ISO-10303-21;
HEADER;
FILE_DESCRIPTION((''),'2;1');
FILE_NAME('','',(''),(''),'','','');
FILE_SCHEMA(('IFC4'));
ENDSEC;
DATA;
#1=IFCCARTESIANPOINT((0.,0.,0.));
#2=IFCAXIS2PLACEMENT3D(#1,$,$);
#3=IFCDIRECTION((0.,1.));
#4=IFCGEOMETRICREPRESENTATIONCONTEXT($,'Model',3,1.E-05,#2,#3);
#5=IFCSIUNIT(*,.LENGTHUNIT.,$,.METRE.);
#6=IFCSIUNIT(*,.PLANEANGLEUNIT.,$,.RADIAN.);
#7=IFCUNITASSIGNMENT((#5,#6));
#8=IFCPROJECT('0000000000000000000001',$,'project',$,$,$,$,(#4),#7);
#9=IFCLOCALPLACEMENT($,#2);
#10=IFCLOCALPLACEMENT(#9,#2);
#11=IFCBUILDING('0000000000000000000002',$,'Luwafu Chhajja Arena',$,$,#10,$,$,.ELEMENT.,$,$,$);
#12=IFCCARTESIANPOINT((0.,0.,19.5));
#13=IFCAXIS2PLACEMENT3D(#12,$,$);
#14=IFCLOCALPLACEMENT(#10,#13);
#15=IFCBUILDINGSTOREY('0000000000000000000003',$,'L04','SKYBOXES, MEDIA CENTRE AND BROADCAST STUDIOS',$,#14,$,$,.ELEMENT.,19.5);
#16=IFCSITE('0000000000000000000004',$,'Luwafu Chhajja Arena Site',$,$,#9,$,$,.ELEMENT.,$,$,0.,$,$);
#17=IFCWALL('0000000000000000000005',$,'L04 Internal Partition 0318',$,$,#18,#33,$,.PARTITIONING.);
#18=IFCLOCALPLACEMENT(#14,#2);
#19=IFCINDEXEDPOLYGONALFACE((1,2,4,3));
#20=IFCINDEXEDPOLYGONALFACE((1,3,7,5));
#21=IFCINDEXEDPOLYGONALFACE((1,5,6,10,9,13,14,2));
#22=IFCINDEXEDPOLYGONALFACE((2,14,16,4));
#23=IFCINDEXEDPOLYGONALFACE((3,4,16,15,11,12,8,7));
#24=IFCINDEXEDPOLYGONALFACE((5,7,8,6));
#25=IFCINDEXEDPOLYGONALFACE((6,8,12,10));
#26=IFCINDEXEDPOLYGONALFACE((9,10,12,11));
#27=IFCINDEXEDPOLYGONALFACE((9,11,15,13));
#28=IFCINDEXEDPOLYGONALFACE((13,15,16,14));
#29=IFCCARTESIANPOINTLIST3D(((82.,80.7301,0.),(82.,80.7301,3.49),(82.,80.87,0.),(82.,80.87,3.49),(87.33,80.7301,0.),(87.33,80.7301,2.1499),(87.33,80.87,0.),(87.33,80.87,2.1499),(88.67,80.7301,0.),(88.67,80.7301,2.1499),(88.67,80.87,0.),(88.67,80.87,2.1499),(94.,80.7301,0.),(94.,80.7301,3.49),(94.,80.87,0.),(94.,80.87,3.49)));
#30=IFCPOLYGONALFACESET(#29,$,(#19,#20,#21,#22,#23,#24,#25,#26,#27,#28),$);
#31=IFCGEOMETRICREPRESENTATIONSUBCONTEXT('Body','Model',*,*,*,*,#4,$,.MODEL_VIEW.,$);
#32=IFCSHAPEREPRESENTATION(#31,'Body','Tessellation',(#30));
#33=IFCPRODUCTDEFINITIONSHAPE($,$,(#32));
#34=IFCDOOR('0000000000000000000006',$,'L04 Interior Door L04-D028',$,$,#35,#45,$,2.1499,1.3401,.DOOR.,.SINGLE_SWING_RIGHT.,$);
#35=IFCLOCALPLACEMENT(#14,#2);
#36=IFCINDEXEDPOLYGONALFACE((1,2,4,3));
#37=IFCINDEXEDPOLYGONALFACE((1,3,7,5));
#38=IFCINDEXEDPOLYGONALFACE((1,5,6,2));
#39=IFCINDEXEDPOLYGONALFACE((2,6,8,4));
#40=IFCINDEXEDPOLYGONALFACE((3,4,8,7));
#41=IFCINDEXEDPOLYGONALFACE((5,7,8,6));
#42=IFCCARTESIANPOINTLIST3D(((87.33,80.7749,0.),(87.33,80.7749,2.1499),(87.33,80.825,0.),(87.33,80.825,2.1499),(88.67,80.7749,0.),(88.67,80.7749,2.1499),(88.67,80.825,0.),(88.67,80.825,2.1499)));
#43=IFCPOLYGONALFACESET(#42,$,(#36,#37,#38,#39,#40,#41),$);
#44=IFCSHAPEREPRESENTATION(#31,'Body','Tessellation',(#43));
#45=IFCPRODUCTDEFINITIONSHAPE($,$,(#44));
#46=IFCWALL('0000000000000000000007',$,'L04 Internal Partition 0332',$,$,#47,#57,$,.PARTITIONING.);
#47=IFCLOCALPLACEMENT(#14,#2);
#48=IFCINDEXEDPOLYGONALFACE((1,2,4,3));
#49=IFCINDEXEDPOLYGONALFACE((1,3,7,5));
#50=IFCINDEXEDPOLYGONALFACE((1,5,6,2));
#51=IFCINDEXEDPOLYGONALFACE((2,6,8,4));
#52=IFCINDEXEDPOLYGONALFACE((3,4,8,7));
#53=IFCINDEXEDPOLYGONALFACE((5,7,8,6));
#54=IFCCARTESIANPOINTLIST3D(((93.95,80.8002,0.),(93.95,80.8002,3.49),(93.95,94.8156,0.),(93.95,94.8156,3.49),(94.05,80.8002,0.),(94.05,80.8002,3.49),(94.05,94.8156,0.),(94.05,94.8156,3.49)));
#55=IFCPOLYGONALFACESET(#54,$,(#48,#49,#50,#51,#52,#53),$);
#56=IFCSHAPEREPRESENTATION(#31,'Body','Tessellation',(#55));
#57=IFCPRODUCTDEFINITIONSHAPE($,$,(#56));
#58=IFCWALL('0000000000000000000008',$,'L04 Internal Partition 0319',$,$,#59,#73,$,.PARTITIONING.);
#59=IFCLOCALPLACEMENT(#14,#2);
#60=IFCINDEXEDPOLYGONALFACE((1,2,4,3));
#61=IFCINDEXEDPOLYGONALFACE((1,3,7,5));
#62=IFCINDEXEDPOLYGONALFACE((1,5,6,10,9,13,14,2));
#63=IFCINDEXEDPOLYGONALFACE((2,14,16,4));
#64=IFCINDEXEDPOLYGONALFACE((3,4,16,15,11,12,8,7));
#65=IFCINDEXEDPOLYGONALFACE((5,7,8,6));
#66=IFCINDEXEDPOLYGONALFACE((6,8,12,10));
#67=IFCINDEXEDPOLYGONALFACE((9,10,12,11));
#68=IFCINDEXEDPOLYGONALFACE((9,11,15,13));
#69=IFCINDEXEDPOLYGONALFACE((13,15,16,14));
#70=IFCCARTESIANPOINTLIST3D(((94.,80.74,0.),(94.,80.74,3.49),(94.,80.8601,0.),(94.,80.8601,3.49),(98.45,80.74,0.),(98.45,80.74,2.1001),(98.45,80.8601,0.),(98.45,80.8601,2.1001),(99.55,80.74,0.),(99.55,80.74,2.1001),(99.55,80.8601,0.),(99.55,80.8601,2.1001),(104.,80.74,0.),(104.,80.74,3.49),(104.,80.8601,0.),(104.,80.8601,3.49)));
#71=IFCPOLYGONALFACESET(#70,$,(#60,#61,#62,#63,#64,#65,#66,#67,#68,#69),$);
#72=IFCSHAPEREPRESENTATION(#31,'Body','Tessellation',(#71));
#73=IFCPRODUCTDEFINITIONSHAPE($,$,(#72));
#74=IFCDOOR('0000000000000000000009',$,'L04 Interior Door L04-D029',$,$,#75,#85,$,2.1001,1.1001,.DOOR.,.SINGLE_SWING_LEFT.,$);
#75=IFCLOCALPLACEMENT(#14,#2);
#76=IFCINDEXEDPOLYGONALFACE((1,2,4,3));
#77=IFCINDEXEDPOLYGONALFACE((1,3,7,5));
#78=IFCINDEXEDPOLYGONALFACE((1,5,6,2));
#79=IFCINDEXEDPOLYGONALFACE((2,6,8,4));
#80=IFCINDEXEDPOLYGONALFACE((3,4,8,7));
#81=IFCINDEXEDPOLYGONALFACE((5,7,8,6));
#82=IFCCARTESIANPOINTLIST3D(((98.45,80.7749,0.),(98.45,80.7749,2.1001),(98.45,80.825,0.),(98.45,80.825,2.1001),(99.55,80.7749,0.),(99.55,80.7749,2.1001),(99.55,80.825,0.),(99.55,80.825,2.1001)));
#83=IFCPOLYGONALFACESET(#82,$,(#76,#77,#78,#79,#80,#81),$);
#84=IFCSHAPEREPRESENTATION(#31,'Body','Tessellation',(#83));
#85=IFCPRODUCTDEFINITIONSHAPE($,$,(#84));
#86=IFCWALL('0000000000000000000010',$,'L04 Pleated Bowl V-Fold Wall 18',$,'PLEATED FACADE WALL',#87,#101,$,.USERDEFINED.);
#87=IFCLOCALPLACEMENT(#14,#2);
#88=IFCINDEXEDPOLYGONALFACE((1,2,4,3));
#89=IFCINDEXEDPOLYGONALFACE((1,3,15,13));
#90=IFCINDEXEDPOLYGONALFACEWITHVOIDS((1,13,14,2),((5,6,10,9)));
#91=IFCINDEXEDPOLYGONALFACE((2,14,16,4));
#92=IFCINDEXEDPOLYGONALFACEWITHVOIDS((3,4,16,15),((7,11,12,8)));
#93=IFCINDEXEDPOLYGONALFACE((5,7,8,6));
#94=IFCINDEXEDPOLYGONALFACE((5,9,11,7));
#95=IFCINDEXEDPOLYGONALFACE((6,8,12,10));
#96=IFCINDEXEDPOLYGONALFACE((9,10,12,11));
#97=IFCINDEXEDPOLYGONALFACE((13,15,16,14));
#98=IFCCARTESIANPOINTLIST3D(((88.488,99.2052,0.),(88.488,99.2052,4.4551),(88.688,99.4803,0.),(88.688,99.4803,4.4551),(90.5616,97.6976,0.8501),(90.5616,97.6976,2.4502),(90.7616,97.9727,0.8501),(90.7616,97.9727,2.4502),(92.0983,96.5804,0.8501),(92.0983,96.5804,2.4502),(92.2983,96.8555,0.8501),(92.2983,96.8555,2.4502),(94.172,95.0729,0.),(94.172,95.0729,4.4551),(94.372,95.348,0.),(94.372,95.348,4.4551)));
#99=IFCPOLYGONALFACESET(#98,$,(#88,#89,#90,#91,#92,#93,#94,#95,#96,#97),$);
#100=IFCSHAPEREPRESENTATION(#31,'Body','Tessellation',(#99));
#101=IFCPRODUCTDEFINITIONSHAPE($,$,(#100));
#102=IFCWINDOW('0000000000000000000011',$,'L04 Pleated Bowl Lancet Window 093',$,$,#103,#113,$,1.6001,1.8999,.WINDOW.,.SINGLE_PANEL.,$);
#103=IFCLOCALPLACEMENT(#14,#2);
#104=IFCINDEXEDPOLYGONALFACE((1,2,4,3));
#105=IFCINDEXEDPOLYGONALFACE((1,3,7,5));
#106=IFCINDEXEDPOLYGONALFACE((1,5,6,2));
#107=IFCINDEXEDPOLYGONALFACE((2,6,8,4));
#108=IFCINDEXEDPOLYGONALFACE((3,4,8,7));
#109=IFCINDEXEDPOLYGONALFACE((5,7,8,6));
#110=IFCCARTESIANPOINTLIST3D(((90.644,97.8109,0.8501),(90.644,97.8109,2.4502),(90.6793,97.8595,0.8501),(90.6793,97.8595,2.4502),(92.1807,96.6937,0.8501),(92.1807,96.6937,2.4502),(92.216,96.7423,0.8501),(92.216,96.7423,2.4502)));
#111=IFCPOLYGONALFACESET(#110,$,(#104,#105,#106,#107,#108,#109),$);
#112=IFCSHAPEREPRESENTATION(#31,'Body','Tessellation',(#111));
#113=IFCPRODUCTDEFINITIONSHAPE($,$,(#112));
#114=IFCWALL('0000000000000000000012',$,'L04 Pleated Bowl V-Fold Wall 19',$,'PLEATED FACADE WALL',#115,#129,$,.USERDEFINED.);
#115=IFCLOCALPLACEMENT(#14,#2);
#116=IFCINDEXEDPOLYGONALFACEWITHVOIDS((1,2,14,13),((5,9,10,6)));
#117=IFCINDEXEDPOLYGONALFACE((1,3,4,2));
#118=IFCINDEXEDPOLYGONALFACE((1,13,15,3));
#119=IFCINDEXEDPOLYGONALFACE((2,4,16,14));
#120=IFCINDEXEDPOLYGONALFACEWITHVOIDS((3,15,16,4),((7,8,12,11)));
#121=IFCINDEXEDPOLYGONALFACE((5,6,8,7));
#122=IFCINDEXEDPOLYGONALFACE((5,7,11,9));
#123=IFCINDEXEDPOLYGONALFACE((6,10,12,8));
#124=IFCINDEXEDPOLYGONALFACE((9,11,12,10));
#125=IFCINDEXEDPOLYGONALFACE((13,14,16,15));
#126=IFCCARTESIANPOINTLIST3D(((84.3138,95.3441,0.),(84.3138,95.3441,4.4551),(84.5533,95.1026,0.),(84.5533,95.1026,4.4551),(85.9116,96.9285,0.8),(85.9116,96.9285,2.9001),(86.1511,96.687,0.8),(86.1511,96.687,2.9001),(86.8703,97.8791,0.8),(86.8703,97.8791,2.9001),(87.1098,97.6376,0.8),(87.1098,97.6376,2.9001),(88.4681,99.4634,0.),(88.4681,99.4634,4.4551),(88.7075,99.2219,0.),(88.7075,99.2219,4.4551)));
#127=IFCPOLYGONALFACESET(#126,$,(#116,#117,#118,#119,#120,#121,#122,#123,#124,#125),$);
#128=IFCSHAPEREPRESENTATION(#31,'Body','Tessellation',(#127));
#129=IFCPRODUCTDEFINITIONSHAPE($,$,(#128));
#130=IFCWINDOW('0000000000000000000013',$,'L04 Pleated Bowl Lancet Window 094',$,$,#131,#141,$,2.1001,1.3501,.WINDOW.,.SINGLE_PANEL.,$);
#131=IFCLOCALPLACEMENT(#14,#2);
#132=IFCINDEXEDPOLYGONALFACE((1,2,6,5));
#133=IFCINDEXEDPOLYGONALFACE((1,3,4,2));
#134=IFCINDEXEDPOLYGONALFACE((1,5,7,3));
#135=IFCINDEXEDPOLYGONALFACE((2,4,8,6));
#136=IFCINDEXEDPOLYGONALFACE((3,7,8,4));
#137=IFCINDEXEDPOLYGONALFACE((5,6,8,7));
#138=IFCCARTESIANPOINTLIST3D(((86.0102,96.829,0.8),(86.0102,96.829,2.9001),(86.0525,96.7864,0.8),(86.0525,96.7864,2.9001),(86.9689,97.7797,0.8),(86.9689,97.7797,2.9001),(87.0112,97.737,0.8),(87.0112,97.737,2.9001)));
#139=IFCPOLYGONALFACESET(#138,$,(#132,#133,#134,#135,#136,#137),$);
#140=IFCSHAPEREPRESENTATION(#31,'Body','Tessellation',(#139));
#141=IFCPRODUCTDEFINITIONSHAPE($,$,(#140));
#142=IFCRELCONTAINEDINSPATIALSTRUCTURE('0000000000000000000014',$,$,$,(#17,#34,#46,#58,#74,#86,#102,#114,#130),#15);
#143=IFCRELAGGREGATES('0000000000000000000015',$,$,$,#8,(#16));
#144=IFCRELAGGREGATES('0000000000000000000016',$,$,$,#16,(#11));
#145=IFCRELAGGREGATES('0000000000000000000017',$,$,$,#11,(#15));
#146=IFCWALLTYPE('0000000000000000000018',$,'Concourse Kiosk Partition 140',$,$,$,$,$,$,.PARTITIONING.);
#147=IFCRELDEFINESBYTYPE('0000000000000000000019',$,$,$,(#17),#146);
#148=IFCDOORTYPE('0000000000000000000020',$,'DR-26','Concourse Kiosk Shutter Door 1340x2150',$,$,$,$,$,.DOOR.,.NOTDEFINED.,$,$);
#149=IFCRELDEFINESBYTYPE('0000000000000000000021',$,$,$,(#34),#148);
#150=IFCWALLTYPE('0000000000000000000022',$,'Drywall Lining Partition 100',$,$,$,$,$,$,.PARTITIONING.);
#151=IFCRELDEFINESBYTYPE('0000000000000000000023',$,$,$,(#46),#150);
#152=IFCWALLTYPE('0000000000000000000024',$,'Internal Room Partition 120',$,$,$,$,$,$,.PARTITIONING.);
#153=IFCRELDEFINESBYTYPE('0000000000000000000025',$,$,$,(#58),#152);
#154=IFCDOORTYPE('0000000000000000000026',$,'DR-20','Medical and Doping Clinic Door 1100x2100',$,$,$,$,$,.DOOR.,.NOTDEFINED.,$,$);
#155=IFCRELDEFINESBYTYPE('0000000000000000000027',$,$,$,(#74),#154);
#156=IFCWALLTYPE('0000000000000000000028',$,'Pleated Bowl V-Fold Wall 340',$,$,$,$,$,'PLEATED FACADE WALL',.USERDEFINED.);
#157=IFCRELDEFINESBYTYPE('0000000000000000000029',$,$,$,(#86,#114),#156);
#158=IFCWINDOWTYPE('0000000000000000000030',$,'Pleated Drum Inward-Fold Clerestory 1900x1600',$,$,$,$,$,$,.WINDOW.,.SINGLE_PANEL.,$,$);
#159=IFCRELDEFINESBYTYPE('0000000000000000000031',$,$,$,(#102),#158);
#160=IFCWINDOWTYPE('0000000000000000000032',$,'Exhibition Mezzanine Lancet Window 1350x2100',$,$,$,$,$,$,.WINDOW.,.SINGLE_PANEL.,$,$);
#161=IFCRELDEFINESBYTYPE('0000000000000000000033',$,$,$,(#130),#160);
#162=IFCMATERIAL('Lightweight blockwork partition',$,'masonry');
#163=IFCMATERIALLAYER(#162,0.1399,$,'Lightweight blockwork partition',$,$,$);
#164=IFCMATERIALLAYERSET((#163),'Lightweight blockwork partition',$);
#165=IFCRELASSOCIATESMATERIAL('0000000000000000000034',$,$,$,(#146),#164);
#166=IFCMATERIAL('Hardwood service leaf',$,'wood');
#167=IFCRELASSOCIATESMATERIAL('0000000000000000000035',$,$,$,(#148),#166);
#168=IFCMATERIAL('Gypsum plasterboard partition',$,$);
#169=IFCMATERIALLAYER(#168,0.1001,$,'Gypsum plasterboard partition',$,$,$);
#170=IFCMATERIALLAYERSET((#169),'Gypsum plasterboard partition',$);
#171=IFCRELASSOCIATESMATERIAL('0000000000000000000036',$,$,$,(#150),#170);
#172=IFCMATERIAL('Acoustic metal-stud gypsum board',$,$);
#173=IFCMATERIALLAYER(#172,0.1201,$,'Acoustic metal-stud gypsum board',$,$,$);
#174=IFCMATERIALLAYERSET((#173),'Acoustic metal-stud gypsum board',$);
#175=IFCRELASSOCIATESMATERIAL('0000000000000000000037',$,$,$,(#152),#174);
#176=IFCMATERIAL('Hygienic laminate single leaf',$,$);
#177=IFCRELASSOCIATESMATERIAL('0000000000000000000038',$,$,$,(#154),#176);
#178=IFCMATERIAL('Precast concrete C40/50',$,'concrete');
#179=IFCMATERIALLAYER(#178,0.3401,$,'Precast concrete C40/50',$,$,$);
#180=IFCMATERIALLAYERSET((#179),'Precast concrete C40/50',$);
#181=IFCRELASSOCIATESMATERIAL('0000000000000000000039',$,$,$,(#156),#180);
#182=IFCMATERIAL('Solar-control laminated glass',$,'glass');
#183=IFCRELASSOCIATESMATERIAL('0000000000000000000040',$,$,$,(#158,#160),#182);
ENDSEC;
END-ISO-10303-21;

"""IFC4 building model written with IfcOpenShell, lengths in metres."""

from ifc_helpers import new_model, si_unit, direction, frame, frame_2d, origin, place, context, subcontext, project, spatial, rectangle, extrude, material, layer, layer_set, type_object, element, fill, save


model = new_model("IFC4")

# Units and contexts
model_context = context("Model", 3, precision=1e-05, world=origin(), true_north=direction((0.0, 1.0)))
body_context = subcontext(model_context, "Body", "Model", "MODEL_VIEW")
ifc_project = project(units=[si_unit("LENGTHUNIT", "METRE"), si_unit("PLANEANGLEUNIT", "RADIAN")], contexts=[model_context])

# Site, building, storey
site_placement = place(None, origin())
site = spatial("IfcSite", under=ifc_project, at=site_placement, Name="Luwafu Chhajja Arena Site", CompositionType="ELEMENT", RefElevation=0.0)
building_placement = place(site_placement, origin())
building = spatial("IfcBuilding", under=site, at=building_placement, Name="Luwafu Chhajja Arena", CompositionType="ELEMENT")
storey_placement = place(building_placement, frame((0.0, 0.0, 19.5)))
storey = spatial("IfcBuildingStorey", under=building, at=storey_placement, Name="L04", Description="SKYBOXES, MEDIA CENTRE AND BROADCAST STUDIOS", CompositionType="ELEMENT", Elevation=19.5)

# Shared definitions
ifc_material_1 = material(Name="Solar-control laminated glass", Category="glass")

# Wall, opening, door
ifc_material_2 = material(Name="Lightweight blockwork partition", Category="masonry")
ifc_layer_1 = layer(ifc_material_2, 0.1399, Name="Lightweight blockwork partition")
ifc_layer_set_1 = layer_set([ifc_layer_1], Name="Lightweight blockwork partition")
wall_type_1 = type_object("IfcWallType", Name="Concourse Kiosk Partition 140", PredefinedType="PARTITIONING", material=ifc_layer_set_1)
wall_1_placement = place(storey_placement, frame((82.0, 80.8, 0.0), z_axis=(0.0, 0.0, 1.0), x_axis=(1.0, 0.0, 0.0)))
wall_1 = element("IfcWall", 1, at=wall_1_placement, inside=storey, type_object=wall_type_1, Name="L04 Internal Partition 0318", PredefinedType="PARTITIONING", context=body_context, shape_type="SweptSolid", body=[
    extrude(rectangle(XDim=12.0, YDim=0.1399, at=frame_2d((6.0, 0.0))), origin(), (0.0, 0.0, 1.0), 3.49),
])
opening_1_placement = place(wall_1_placement, frame((5.3301, 0.0, 0.0)))
opening_1 = element("IfcOpeningElement", 2, at=opening_1_placement, cuts=wall_1, PredefinedType="OPENING", context=body_context, shape_type="SweptSolid", body=[
    extrude(rectangle(XDim=1.3401, YDim=2.1499, at=frame_2d((0.6699, 1.075))), frame((0.0, 0.0798, 0.0), z_axis=(0.0, -1.0, 0.0), x_axis=(1.0, 0.0, 0.0)), (0.0, 0.0, 1.0), 0.1599),
])
ifc_material_3 = material(Name="Hardwood service leaf", Category="wood")
door_type_1 = type_object("IfcDoorType", Name="DR-26", Description="Concourse Kiosk Shutter Door 1340x2150", OperationType="NOTDEFINED", PredefinedType="DOOR", material=ifc_material_3)
door_1_placement = place(opening_1_placement, origin())
door_1 = element("IfcDoor", 3, at=door_1_placement, inside=storey, type_object=door_type_1, Name="L04 Interior Door L04-D028", OperationType="SINGLE_SWING_RIGHT", OverallHeight=2.1499, OverallWidth=1.3401, PredefinedType="DOOR", context=body_context, shape_type="SweptSolid", body=[
    extrude(rectangle(XDim=1.3401, YDim=2.1499, at=frame_2d((0.6699, 1.075))), frame((0.0, 0.0249, 0.0), z_axis=(0.0, -1.0, 0.0), x_axis=(1.0, 0.0, 0.0)), (0.0, 0.0, 1.0), 0.05),
])
fill(opening_1, door_1)

# Wall
ifc_material_4 = material(Name="Gypsum plasterboard partition")
ifc_layer_2 = layer(ifc_material_4, 0.1001, Name="Gypsum plasterboard partition")
ifc_layer_set_2 = layer_set([ifc_layer_2], Name="Gypsum plasterboard partition")
wall_type_2 = type_object("IfcWallType", Name="Drywall Lining Partition 100", PredefinedType="PARTITIONING", material=ifc_layer_set_2)
wall_2_placement = place(storey_placement, frame((94.0, 80.8, 0.0), z_axis=(0.0, 0.0, 1.0), x_axis=(0.0, 1.0, 0.0)))
element("IfcWall", 4, at=wall_2_placement, inside=storey, type_object=wall_type_2, Name="L04 Internal Partition 0332", PredefinedType="PARTITIONING", context=body_context, shape_type="SweptSolid", body=[
    extrude(rectangle(XDim=14.0154, YDim=0.1001, at=frame_2d((7.0078, 0.0))), origin(), (0.0, 0.0, 1.0), 3.49),
])

# Wall, opening, door
ifc_material_5 = material(Name="Acoustic metal-stud gypsum board")
ifc_layer_3 = layer(ifc_material_5, 0.1201, Name="Acoustic metal-stud gypsum board")
ifc_layer_set_3 = layer_set([ifc_layer_3], Name="Acoustic metal-stud gypsum board")
wall_type_3 = type_object("IfcWallType", Name="Internal Room Partition 120", PredefinedType="PARTITIONING", material=ifc_layer_set_3)
wall_3_placement = place(storey_placement, frame((94.0, 80.8, 0.0), z_axis=(0.0, 0.0, 1.0), x_axis=(1.0, 0.0, 0.0)))
wall_3 = element("IfcWall", 5, at=wall_3_placement, inside=storey, type_object=wall_type_3, Name="L04 Internal Partition 0319", PredefinedType="PARTITIONING", context=body_context, shape_type="SweptSolid", body=[
    extrude(rectangle(XDim=10.0, YDim=0.1201, at=frame_2d((5.0, 0.0))), origin(), (0.0, 0.0, 1.0), 3.49),
])
opening_2_placement = place(wall_3_placement, frame((4.45, 0.0, 0.0)))
opening_2 = element("IfcOpeningElement", 6, at=opening_2_placement, cuts=wall_3, PredefinedType="OPENING", context=body_context, shape_type="SweptSolid", body=[
    extrude(rectangle(XDim=1.1001, YDim=2.1001, at=frame_2d((0.55, 1.05))), frame((0.0, 0.0701, 0.0), z_axis=(0.0, -1.0, 0.0), x_axis=(1.0, 0.0, 0.0)), (0.0, 0.0, 1.0), 0.1401),
])
ifc_material_6 = material(Name="Hygienic laminate single leaf")
door_type_2 = type_object("IfcDoorType", Name="DR-20", Description="Medical and Doping Clinic Door 1100x2100", OperationType="NOTDEFINED", PredefinedType="DOOR", material=ifc_material_6)
door_2_placement = place(opening_2_placement, origin())
door_2 = element("IfcDoor", 7, at=door_2_placement, inside=storey, type_object=door_type_2, Name="L04 Interior Door L04-D029", OperationType="SINGLE_SWING_LEFT", OverallHeight=2.1001, OverallWidth=1.1001, PredefinedType="DOOR", context=body_context, shape_type="SweptSolid", body=[
    extrude(rectangle(XDim=1.1001, YDim=2.1001, at=frame_2d((0.55, 1.05))), frame((0.0, 0.0249, 0.0), z_axis=(0.0, -1.0, 0.0), x_axis=(1.0, 0.0, 0.0)), (0.0, 0.0, 1.0), 0.05),
])
fill(opening_2, door_2)

# Walls, openings, windows
ifc_material_7 = material(Name="Precast concrete C40/50", Category="concrete")
ifc_layer_4 = layer(ifc_material_7, 0.3401, Name="Precast concrete C40/50")
ifc_layer_set_4 = layer_set([ifc_layer_4], Name="Precast concrete C40/50")
wall_type_4 = type_object("IfcWallType", Name="Pleated Bowl V-Fold Wall 340", ElementType="PLEATED FACADE WALL", PredefinedType="USERDEFINED", material=ifc_layer_set_4)
wall_4_placement = place(storey_placement, frame((94.272, 95.2104, 0.0), z_axis=(0.0, 0.0, 1.0), x_axis=(-0.808841, 0.588027, 0.0)))
wall_4 = element("IfcWall", 8, at=wall_4_placement, inside=storey, type_object=wall_type_4, Name="L04 Pleated Bowl V-Fold Wall 18", ObjectType="PLEATED FACADE WALL", PredefinedType="USERDEFINED", context=body_context, shape_type="SweptSolid", body=[
    extrude(rectangle(XDim=7.0273, YDim=0.3401, at=frame_2d((3.5137, 0.0))), origin(), (0.0, 0.0, 1.0), 4.4551),
])
opening_3_placement = place(wall_4_placement, frame((2.5637, 0.0, 0.8501)))
opening_3 = element("IfcOpeningElement", 9, at=opening_3_placement, cuts=wall_4, PredefinedType="OPENING", context=body_context, shape_type="SweptSolid", body=[
    extrude(rectangle(XDim=1.8999, YDim=1.6001, at=frame_2d((0.95, 0.8))), frame((0.0, 0.1799, 0.0), z_axis=(0.0, -1.0, 0.0), x_axis=(1.0, 0.0, 0.0)), (0.0, 0.0, 1.0), 0.3601),
])
window_type_1 = type_object("IfcWindowType", Name="Pleated Drum Inward-Fold Clerestory 1900x1600", PartitioningType="SINGLE_PANEL", PredefinedType="WINDOW", material=ifc_material_1)
window_1_placement = place(opening_3_placement, origin())
window_1 = element("IfcWindow", 10, at=window_1_placement, inside=storey, type_object=window_type_1, Name="L04 Pleated Bowl Lancet Window 093", OverallHeight=1.6001, OverallWidth=1.8999, PartitioningType="SINGLE_PANEL", PredefinedType="WINDOW", context=body_context, shape_type="SweptSolid", body=[
    extrude(rectangle(XDim=1.8999, YDim=1.6001, at=frame_2d((0.95, 0.8))), frame((0.0, 0.03, 0.0), z_axis=(0.0, -1.0, 0.0), x_axis=(1.0, 0.0, 0.0)), (0.0, 0.0, 1.0), 0.0601),
])
fill(opening_3, window_1)
wall_5_placement = place(storey_placement, frame((88.5879, 99.3428, 0.0), z_axis=(0.0, 0.0, 1.0), x_axis=(-0.710084, -0.704117, 0.0)))
wall_5 = element("IfcWall", 11, at=wall_5_placement, inside=storey, type_object=wall_type_4, Name="L04 Pleated Bowl V-Fold Wall 19", ObjectType="PLEATED FACADE WALL", PredefinedType="USERDEFINED", context=body_context, shape_type="SweptSolid", body=[
    extrude(rectangle(XDim=5.8503, YDim=0.3401, at=frame_2d((2.9253, 0.0))), origin(), (0.0, 0.0, 1.0), 4.4551),
])
opening_4_placement = place(wall_5_placement, frame((2.2502, 0.0, 0.8)))
opening_4 = element("IfcOpeningElement", 12, at=opening_4_placement, cuts=wall_5, PredefinedType="OPENING", context=body_context, shape_type="SweptSolid", body=[
    extrude(rectangle(XDim=1.3501, YDim=2.1001, at=frame_2d((0.675, 1.05))), frame((0.0, 0.1799, 0.0), z_axis=(0.0, -1.0, 0.0), x_axis=(1.0, 0.0, 0.0)), (0.0, 0.0, 1.0), 0.3601),
])
window_type_2 = type_object("IfcWindowType", Name="Exhibition Mezzanine Lancet Window 1350x2100", PartitioningType="SINGLE_PANEL", PredefinedType="WINDOW", material=ifc_material_1)
window_2_placement = place(opening_4_placement, origin())
window_2 = element("IfcWindow", 13, at=window_2_placement, inside=storey, type_object=window_type_2, Name="L04 Pleated Bowl Lancet Window 094", OverallHeight=2.1001, OverallWidth=1.3501, PartitioningType="SINGLE_PANEL", PredefinedType="WINDOW", context=body_context, shape_type="SweptSolid", body=[
    extrude(rectangle(XDim=1.3501, YDim=2.1001, at=frame_2d((0.675, 1.05))), frame((0.0, 0.03, 0.0), z_axis=(0.0, -1.0, 0.0), x_axis=(1.0, 0.0, 0.0)), (0.0, 0.0, 1.0), 0.0601),
])
fill(opening_4, window_2)

save(model, "model.ifc")
